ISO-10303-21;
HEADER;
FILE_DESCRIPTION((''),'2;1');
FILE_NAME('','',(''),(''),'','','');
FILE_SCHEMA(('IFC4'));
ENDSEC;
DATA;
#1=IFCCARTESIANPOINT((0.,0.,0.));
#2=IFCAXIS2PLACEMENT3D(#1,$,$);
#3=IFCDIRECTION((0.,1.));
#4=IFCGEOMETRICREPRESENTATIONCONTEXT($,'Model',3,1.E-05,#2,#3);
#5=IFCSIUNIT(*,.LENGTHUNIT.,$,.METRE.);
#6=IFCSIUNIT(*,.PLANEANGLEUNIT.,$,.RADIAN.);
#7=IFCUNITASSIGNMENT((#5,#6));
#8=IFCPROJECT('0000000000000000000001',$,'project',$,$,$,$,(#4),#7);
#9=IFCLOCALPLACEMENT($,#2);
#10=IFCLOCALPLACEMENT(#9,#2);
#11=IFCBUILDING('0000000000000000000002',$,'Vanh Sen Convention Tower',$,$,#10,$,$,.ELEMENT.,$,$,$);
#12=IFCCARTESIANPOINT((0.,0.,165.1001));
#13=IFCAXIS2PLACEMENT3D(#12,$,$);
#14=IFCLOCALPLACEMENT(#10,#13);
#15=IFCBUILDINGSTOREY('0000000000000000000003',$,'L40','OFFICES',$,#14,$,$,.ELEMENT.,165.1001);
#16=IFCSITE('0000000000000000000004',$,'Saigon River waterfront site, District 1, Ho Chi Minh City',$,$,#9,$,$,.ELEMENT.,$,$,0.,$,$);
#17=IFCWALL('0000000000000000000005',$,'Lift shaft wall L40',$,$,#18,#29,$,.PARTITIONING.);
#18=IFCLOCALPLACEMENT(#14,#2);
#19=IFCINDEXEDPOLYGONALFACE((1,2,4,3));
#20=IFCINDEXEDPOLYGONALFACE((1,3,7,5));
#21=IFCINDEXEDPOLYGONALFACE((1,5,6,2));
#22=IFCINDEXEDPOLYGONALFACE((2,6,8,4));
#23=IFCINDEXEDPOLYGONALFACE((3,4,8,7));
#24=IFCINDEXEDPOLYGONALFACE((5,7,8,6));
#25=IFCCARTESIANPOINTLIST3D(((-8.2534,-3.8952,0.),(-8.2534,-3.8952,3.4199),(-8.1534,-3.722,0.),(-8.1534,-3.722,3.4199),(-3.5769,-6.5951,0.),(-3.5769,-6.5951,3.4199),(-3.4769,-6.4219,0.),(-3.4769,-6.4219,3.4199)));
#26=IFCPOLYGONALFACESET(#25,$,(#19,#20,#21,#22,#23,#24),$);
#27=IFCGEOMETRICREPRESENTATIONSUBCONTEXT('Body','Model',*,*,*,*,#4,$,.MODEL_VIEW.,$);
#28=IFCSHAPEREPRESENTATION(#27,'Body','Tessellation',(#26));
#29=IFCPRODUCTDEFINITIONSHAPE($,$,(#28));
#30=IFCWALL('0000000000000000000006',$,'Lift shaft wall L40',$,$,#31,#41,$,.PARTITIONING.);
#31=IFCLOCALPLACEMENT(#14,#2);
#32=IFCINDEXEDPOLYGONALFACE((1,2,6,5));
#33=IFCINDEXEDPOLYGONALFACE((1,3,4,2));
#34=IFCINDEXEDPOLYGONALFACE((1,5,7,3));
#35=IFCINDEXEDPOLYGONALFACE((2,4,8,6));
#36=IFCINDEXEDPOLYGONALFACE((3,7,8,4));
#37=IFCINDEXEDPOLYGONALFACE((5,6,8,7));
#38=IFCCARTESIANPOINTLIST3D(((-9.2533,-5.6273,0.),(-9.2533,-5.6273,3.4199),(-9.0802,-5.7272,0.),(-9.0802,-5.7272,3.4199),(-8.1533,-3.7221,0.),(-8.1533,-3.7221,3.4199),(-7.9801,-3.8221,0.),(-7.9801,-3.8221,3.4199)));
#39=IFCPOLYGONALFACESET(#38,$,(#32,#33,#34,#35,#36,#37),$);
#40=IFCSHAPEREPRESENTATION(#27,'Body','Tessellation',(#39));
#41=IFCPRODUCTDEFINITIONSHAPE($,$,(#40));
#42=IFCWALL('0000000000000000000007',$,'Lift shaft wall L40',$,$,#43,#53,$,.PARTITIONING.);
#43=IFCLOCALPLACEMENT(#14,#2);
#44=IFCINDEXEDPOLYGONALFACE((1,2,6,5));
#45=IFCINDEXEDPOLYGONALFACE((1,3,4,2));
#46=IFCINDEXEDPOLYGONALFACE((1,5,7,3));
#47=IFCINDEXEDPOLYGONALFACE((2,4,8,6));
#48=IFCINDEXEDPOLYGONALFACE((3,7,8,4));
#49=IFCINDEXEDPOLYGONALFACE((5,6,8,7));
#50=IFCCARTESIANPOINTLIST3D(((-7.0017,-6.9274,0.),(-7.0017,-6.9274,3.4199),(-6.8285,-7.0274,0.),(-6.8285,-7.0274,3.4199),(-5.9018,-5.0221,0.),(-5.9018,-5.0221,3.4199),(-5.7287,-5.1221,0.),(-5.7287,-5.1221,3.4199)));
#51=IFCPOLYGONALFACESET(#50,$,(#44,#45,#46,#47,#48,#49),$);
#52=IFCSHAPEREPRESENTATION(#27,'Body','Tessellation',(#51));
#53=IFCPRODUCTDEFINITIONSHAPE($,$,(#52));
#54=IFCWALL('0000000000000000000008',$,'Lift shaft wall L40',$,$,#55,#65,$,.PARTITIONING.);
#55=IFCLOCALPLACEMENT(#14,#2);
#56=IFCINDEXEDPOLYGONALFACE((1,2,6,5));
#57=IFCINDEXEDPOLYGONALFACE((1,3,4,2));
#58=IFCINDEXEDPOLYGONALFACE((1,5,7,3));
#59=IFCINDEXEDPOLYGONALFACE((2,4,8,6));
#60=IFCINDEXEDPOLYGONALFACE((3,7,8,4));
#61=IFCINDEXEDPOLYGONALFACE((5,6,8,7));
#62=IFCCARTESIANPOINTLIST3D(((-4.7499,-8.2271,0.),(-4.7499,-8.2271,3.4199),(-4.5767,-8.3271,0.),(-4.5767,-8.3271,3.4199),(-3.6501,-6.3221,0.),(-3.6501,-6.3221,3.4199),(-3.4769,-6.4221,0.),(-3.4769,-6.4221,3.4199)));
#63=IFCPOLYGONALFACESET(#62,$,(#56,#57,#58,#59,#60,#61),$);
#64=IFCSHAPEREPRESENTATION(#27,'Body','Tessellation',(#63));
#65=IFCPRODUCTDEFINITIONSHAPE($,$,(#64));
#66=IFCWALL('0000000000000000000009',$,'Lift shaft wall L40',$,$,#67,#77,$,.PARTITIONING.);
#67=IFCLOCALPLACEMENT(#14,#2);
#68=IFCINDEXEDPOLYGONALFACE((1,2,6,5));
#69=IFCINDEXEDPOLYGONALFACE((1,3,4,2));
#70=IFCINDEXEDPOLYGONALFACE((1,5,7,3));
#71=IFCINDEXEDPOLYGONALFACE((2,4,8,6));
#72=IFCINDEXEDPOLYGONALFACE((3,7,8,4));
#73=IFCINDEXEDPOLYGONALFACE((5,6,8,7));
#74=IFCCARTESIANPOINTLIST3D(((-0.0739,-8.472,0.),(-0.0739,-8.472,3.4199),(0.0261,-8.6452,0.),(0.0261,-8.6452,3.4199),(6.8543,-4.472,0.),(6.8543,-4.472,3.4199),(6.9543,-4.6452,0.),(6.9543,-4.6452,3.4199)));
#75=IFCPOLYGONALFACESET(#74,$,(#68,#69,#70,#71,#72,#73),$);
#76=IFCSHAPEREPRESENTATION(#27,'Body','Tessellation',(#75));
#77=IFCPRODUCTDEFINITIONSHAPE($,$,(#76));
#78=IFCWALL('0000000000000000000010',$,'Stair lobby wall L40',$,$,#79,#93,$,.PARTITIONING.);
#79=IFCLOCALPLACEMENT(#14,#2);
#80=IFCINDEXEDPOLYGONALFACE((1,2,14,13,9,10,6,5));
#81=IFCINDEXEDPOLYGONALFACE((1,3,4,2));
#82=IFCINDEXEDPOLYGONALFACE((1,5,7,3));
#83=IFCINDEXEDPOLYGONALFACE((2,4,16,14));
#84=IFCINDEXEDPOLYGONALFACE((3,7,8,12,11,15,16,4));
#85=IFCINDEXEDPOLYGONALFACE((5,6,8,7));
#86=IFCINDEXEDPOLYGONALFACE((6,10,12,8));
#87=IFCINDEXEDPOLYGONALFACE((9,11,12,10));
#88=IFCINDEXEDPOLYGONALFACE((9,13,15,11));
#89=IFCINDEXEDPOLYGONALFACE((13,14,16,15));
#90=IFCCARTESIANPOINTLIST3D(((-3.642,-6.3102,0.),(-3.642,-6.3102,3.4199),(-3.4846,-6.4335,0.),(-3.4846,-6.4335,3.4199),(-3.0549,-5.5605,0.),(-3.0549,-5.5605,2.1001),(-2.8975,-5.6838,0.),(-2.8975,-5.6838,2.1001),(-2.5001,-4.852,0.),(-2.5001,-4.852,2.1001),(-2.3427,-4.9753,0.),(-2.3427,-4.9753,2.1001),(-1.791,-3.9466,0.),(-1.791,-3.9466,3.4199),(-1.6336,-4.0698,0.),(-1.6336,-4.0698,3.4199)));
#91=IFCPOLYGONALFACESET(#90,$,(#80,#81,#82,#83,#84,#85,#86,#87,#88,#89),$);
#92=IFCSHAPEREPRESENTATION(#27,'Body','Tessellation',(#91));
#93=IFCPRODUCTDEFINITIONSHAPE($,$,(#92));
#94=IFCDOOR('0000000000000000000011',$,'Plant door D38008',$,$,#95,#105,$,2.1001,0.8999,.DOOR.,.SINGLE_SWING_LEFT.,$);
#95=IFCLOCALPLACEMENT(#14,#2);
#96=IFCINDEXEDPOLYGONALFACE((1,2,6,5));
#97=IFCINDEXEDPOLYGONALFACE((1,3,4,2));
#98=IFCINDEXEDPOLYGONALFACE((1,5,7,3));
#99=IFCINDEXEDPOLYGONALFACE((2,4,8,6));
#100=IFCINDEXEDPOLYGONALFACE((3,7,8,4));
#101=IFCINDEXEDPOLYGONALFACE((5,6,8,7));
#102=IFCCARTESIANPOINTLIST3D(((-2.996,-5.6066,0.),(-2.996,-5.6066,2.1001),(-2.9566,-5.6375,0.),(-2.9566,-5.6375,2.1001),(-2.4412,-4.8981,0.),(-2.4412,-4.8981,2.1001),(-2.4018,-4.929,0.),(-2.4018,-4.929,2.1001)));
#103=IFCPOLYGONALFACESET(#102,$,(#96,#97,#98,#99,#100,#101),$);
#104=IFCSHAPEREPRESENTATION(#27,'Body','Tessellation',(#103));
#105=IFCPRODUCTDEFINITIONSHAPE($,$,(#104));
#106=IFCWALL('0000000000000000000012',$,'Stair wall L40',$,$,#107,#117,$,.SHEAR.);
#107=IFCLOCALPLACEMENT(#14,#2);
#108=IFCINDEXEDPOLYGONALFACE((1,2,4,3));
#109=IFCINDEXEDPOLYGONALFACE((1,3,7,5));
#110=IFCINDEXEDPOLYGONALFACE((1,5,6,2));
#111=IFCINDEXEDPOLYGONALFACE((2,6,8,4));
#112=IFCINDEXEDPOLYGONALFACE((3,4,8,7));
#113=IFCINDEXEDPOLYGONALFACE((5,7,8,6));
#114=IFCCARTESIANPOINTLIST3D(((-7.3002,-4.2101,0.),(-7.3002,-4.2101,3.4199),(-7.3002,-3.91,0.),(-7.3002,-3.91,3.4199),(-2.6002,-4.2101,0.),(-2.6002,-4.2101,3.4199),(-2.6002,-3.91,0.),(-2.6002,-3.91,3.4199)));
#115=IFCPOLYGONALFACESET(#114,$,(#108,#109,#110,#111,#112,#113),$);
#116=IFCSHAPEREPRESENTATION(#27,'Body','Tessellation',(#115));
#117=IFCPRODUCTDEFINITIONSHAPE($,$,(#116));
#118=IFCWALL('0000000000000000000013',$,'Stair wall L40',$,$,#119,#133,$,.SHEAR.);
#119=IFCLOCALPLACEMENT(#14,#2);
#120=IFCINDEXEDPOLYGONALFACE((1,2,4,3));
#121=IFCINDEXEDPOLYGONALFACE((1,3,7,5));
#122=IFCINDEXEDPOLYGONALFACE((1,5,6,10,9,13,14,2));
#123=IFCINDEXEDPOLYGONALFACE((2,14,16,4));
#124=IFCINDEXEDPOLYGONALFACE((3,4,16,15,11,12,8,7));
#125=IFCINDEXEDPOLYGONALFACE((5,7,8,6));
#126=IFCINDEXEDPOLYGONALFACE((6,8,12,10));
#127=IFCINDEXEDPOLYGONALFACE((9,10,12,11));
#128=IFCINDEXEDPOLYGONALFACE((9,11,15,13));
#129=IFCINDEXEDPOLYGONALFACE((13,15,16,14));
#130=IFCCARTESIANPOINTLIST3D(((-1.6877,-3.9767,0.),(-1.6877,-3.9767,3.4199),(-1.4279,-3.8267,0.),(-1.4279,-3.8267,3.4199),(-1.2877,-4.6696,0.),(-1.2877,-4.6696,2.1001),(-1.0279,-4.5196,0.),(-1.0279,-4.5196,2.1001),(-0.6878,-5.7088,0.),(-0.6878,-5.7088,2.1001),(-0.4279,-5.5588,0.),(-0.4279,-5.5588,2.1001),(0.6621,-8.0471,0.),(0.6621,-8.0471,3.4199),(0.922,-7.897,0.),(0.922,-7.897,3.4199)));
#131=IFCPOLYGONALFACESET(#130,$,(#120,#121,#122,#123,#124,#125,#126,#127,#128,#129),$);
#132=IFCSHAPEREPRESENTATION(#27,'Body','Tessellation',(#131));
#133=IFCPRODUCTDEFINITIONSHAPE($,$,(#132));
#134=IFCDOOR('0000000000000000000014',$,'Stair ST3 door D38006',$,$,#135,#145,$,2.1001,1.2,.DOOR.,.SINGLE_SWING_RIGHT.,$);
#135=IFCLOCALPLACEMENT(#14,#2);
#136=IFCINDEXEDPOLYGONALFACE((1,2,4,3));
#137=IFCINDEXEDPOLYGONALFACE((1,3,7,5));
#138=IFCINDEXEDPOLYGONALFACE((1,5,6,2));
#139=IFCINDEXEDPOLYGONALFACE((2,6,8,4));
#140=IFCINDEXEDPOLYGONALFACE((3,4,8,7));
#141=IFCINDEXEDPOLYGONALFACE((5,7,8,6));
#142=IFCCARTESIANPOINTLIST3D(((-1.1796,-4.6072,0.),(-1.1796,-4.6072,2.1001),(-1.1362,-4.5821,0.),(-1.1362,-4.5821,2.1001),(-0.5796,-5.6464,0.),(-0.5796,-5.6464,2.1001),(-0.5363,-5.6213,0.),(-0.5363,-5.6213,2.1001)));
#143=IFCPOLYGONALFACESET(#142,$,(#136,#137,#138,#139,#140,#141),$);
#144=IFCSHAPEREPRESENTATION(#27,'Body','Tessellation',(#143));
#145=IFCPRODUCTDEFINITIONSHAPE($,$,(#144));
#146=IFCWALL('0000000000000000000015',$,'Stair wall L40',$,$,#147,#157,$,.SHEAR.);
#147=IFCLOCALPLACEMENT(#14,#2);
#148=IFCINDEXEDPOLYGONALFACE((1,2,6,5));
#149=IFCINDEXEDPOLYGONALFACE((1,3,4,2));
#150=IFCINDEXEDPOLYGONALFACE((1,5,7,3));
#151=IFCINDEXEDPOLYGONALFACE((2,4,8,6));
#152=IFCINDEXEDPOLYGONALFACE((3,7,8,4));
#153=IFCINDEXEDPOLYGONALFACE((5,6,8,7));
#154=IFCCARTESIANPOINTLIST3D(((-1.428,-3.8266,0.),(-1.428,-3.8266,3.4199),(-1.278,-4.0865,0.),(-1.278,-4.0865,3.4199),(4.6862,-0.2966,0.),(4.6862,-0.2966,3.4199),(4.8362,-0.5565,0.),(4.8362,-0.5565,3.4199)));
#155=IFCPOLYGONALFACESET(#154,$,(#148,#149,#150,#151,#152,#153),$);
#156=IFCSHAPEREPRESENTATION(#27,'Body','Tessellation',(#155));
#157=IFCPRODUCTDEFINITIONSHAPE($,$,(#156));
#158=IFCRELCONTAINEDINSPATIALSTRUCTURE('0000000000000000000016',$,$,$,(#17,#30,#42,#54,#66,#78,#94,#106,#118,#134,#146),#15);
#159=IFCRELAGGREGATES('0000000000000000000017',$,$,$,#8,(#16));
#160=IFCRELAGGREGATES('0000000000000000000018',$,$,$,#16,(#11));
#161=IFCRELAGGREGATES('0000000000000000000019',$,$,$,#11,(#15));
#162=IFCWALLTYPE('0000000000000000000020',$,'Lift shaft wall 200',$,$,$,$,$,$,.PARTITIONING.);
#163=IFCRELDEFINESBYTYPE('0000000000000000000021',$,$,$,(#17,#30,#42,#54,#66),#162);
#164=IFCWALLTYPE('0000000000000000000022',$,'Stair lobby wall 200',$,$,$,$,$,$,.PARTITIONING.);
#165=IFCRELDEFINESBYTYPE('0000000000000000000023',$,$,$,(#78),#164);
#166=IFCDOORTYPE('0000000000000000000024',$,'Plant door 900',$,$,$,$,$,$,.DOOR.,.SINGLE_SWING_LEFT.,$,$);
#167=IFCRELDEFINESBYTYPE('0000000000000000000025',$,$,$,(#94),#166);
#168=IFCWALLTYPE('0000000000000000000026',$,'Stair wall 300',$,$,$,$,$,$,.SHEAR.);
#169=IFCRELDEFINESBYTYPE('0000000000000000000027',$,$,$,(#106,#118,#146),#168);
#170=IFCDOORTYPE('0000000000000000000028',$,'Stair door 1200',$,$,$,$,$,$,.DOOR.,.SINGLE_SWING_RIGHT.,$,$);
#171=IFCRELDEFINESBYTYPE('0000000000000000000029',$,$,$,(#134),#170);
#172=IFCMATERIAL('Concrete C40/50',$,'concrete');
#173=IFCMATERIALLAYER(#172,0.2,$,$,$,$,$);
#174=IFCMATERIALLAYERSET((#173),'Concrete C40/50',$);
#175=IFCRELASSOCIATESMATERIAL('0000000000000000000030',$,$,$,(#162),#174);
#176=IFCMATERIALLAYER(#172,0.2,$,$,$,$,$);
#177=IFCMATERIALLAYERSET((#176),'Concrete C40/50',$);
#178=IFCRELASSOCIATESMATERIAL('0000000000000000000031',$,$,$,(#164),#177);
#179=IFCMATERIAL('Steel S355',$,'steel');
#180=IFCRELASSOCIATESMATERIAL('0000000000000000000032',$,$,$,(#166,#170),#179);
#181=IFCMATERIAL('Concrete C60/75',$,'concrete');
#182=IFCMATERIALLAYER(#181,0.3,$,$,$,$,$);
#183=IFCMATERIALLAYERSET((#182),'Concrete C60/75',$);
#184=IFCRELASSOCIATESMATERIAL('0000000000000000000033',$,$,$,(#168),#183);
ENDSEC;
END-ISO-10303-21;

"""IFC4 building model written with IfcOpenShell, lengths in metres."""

from ifc_helpers import new_model, si_unit, direction, frame, frame_2d, origin, place, context, subcontext, project, spatial, rectangle, extrude, material, layer, layer_set, type_object, element, fill, save


model = new_model("IFC4")

# Units and contexts
model_context = context("Model", 3, precision=1e-05, world=origin(), true_north=direction((0.0, 1.0)))
body_context = subcontext(model_context, "Body", "Model", "MODEL_VIEW")
ifc_project = project(units=[si_unit("LENGTHUNIT", "METRE"), si_unit("PLANEANGLEUNIT", "RADIAN")], contexts=[model_context])

# Site, building, storey
site_placement = place(None, origin())
site = spatial("IfcSite", under=ifc_project, at=site_placement, Name="Saigon River waterfront site, District 1, Ho Chi Minh City", CompositionType="ELEMENT", RefElevation=0.0)
building_placement = place(site_placement, origin())
building = spatial("IfcBuilding", under=site, at=building_placement, Name="Vanh Sen Convention Tower", CompositionType="ELEMENT")
storey_placement = place(building_placement, frame((0.0, 0.0, 165.1001)))
storey = spatial("IfcBuildingStorey", under=building, at=storey_placement, Name="L40", Description="OFFICES", CompositionType="ELEMENT", Elevation=165.1001)

# Shared definitions
ifc_material_1 = material(Name="Steel S355", Category="steel")

# Walls
ifc_material_2 = material(Name="Concrete C40/50", Category="concrete")
ifc_layer_1 = layer(ifc_material_2, 0.2)
ifc_layer_set_1 = layer_set([ifc_layer_1], Name="Concrete C40/50")
wall_type_1 = type_object("IfcWallType", Name="Lift shaft wall 200", PredefinedType="PARTITIONING", material=ifc_layer_set_1)
wall_1_placement = place(storey_placement, frame((-8.2034, -3.8086, 0.0), z_axis=(0.0, 0.0, 1.0), x_axis=(0.866028, -0.499995, 0.0)))
element("IfcWall", 1, at=wall_1_placement, inside=storey, type_object=wall_type_1, Name="Lift shaft wall L40", PredefinedType="PARTITIONING", context=body_context, shape_type="SweptSolid", body=[
    extrude(rectangle(XDim=5.3999, YDim=0.2, at=frame_2d((2.7, 0.0))), origin(), (0.0, 0.0, 1.0), 3.4199),
])
for number, where, z_axis, x_axis, name in (
    (2, (-8.0667, -3.772, 0.0), (0.0, 0.0, 1.0), (-0.50003, -0.866008, 0.0), "Lift shaft wall L40"),
    (3, (-5.8152, -5.072, 0.0), (0.0, 0.0, 1.0), (-0.499947, -0.866056, 0.0), "Lift shaft wall L40"),
):
    element("IfcWall", number, at=place(storey_placement, frame(where, z_axis=z_axis, x_axis=x_axis)), inside=storey, type_object=wall_type_1, Name=name, PredefinedType="PARTITIONING", context=body_context, shape_type="SweptSolid", body=[
        extrude(rectangle(XDim=2.2, YDim=0.2, at=frame_2d((1.1001, 0.0))), origin(), (0.0, 0.0, 1.0), 3.4199),
    ])
wall_2_placement = place(storey_placement, frame((-3.5635, -6.3721, 0.0), z_axis=(0.0, 0.0, 1.0), x_axis=(-0.499995, -0.866028, 0.0)))
element("IfcWall", 4, at=wall_2_placement, inside=storey, type_object=wall_type_1, Name="Lift shaft wall L40", PredefinedType="PARTITIONING", context=body_context, shape_type="SweptSolid", body=[
    extrude(rectangle(XDim=2.1997, YDim=0.2, at=frame_2d((1.0999, 0.0))), origin(), (0.0, 0.0, 1.0), 3.4199),
])
wall_3_placement = place(storey_placement, frame((-0.0239, -8.5586, 0.0), z_axis=(0.0, 0.0, 1.0), x_axis=(0.866026, 0.499999, 0.0)))
element("IfcWall", 5, at=wall_3_placement, inside=storey, type_object=wall_type_1, Name="Lift shaft wall L40", PredefinedType="PARTITIONING", context=body_context, shape_type="SweptSolid", body=[
    extrude(rectangle(XDim=8.0, YDim=0.2, at=frame_2d((4.0, 0.0))), origin(), (0.0, 0.0, 1.0), 3.4199),
])

# Wall, opening, door
ifc_layer_2 = layer(ifc_material_2, 0.2)
ifc_layer_set_2 = layer_set([ifc_layer_2], Name="Concrete C40/50")
wall_type_2 = type_object("IfcWallType", Name="Stair lobby wall 200", PredefinedType="PARTITIONING", material=ifc_layer_set_2)
wall_4_placement = place(storey_placement, frame((-1.7124, -4.0083, 0.0), z_axis=(0.0, 0.0, 1.0), x_axis=(-0.616549, -0.787316, 0.0)))
wall_4 = element("IfcWall", 6, at=wall_4_placement, inside=storey, type_object=wall_type_2, Name="Stair lobby wall L40", PredefinedType="PARTITIONING", context=body_context, shape_type="SweptSolid", body=[
    extrude(rectangle(XDim=3.0022, YDim=0.2, at=frame_2d((1.501, 0.0))), origin(), (0.0, 0.0, 1.0), 3.4199),
])
opening_1_placement = place(wall_4_placement, frame((1.1499, 0.0, 0.0)))
opening_1 = element("IfcOpeningElement", 7, at=opening_1_placement, cuts=wall_4, PredefinedType="OPENING", context=body_context, shape_type="SweptSolid", body=[
    extrude(rectangle(XDim=0.8999, YDim=2.1001, at=frame_2d((0.45, 1.05))), frame((0.0, 0.1099, 0.0), z_axis=(0.0, -1.0, 0.0), x_axis=(1.0, 0.0, 0.0)), (0.0, 0.0, 1.0), 0.22),
])
door_type_1 = type_object("IfcDoorType", Name="Plant door 900", OperationType="SINGLE_SWING_LEFT", PredefinedType="DOOR", material=ifc_material_1)
door_1_placement = place(opening_1_placement, origin())
door_1 = element("IfcDoor", 8, at=door_1_placement, inside=storey, type_object=door_type_1, Name="Plant door D38008", OperationType="SINGLE_SWING_LEFT", OverallHeight=2.1001, OverallWidth=0.8999, PredefinedType="DOOR", context=body_context, shape_type="SweptSolid", body=[
    extrude(rectangle(XDim=0.8999, YDim=2.1001, at=frame_2d((0.45, 1.05))), frame((0.0, 0.0249, 0.0), z_axis=(0.0, -1.0, 0.0), x_axis=(1.0, 0.0, 0.0)), (0.0, 0.0, 1.0), 0.05),
])
fill(opening_1, door_1)

# Wall
ifc_material_3 = material(Name="Concrete C60/75", Category="concrete")
ifc_layer_3 = layer(ifc_material_3, 0.3)
ifc_layer_set_3 = layer_set([ifc_layer_3], Name="Concrete C60/75")
wall_type_3 = type_object("IfcWallType", Name="Stair wall 300", PredefinedType="SHEAR", material=ifc_layer_set_3)
wall_5_placement = place(storey_placement, frame((-2.6001, -4.0601, 0.0), z_axis=(0.0, 0.0, 1.0), x_axis=(-1.0, 0.0, 0.0)))
element("IfcWall", 9, at=wall_5_placement, inside=storey, type_object=wall_type_3, Name="Stair wall L40", PredefinedType="SHEAR", context=body_context, shape_type="SweptSolid", body=[
    extrude(rectangle(XDim=4.7, YDim=0.3, at=frame_2d((2.3501, 0.0))), origin(), (0.0, 0.0, 1.0), 3.4199),
])

# Wall, opening, door
wall_6_placement = place(storey_placement, frame((-1.5579, -3.9016, 0.0), z_axis=(0.0, 0.0, 1.0), x_axis=(0.499977, -0.866039, 0.0)))
wall_6 = element("IfcWall", 10, at=wall_6_placement, inside=storey, type_object=wall_type_3, Name="Stair wall L40", PredefinedType="SHEAR", context=body_context, shape_type="SweptSolid", body=[
    extrude(rectangle(XDim=4.7, YDim=0.3, at=frame_2d((2.3501, 0.0))), origin(), (0.0, 0.0, 1.0), 3.4199),
])
opening_2_placement = place(wall_6_placement, frame((0.8, 0.0, 0.0)))
opening_2 = element("IfcOpeningElement", 11, at=opening_2_placement, cuts=wall_6, PredefinedType="OPENING", context=body_context, shape_type="SweptSolid", body=[
    extrude(rectangle(XDim=1.2, YDim=2.1001, at=frame_2d((0.6001, 1.05))), frame((0.0, 0.1599, 0.0), z_axis=(0.0, -1.0, 0.0), x_axis=(1.0, 0.0, 0.0)), (0.0, 0.0, 1.0), 0.3201),
])
door_type_2 = type_object("IfcDoorType", Name="Stair door 1200", OperationType="SINGLE_SWING_RIGHT", PredefinedType="DOOR", material=ifc_material_1)
door_2_placement = place(opening_2_placement, origin())
door_2 = element("IfcDoor", 12, at=door_2_placement, inside=storey, type_object=door_type_2, Name="Stair ST3 door D38006", OperationType="SINGLE_SWING_RIGHT", OverallHeight=2.1001, OverallWidth=1.2, PredefinedType="DOOR", context=body_context, shape_type="SweptSolid", body=[
    extrude(rectangle(XDim=1.2, YDim=2.1001, at=frame_2d((0.6001, 1.05))), frame((0.0, 0.0249, 0.0), z_axis=(0.0, -1.0, 0.0), x_axis=(1.0, 0.0, 0.0)), (0.0, 0.0, 1.0), 0.05),
])
fill(opening_2, door_2)

# Wall
wall_7_placement = place(storey_placement, frame((-1.353, -3.9565, 0.0), z_axis=(0.0, 0.0, 1.0), x_axis=(0.866028, 0.499996, 0.0)))
element("IfcWall", 13, at=wall_7_placement, inside=storey, type_object=wall_type_3, Name="Stair wall L40", PredefinedType="SHEAR", context=body_context, shape_type="SweptSolid", body=[
    extrude(rectangle(XDim=7.0601, YDim=0.3, at=frame_2d((3.53, 0.0))), origin(), (0.0, 0.0, 1.0), 3.4199),
])

save(model, "model.ifc")
